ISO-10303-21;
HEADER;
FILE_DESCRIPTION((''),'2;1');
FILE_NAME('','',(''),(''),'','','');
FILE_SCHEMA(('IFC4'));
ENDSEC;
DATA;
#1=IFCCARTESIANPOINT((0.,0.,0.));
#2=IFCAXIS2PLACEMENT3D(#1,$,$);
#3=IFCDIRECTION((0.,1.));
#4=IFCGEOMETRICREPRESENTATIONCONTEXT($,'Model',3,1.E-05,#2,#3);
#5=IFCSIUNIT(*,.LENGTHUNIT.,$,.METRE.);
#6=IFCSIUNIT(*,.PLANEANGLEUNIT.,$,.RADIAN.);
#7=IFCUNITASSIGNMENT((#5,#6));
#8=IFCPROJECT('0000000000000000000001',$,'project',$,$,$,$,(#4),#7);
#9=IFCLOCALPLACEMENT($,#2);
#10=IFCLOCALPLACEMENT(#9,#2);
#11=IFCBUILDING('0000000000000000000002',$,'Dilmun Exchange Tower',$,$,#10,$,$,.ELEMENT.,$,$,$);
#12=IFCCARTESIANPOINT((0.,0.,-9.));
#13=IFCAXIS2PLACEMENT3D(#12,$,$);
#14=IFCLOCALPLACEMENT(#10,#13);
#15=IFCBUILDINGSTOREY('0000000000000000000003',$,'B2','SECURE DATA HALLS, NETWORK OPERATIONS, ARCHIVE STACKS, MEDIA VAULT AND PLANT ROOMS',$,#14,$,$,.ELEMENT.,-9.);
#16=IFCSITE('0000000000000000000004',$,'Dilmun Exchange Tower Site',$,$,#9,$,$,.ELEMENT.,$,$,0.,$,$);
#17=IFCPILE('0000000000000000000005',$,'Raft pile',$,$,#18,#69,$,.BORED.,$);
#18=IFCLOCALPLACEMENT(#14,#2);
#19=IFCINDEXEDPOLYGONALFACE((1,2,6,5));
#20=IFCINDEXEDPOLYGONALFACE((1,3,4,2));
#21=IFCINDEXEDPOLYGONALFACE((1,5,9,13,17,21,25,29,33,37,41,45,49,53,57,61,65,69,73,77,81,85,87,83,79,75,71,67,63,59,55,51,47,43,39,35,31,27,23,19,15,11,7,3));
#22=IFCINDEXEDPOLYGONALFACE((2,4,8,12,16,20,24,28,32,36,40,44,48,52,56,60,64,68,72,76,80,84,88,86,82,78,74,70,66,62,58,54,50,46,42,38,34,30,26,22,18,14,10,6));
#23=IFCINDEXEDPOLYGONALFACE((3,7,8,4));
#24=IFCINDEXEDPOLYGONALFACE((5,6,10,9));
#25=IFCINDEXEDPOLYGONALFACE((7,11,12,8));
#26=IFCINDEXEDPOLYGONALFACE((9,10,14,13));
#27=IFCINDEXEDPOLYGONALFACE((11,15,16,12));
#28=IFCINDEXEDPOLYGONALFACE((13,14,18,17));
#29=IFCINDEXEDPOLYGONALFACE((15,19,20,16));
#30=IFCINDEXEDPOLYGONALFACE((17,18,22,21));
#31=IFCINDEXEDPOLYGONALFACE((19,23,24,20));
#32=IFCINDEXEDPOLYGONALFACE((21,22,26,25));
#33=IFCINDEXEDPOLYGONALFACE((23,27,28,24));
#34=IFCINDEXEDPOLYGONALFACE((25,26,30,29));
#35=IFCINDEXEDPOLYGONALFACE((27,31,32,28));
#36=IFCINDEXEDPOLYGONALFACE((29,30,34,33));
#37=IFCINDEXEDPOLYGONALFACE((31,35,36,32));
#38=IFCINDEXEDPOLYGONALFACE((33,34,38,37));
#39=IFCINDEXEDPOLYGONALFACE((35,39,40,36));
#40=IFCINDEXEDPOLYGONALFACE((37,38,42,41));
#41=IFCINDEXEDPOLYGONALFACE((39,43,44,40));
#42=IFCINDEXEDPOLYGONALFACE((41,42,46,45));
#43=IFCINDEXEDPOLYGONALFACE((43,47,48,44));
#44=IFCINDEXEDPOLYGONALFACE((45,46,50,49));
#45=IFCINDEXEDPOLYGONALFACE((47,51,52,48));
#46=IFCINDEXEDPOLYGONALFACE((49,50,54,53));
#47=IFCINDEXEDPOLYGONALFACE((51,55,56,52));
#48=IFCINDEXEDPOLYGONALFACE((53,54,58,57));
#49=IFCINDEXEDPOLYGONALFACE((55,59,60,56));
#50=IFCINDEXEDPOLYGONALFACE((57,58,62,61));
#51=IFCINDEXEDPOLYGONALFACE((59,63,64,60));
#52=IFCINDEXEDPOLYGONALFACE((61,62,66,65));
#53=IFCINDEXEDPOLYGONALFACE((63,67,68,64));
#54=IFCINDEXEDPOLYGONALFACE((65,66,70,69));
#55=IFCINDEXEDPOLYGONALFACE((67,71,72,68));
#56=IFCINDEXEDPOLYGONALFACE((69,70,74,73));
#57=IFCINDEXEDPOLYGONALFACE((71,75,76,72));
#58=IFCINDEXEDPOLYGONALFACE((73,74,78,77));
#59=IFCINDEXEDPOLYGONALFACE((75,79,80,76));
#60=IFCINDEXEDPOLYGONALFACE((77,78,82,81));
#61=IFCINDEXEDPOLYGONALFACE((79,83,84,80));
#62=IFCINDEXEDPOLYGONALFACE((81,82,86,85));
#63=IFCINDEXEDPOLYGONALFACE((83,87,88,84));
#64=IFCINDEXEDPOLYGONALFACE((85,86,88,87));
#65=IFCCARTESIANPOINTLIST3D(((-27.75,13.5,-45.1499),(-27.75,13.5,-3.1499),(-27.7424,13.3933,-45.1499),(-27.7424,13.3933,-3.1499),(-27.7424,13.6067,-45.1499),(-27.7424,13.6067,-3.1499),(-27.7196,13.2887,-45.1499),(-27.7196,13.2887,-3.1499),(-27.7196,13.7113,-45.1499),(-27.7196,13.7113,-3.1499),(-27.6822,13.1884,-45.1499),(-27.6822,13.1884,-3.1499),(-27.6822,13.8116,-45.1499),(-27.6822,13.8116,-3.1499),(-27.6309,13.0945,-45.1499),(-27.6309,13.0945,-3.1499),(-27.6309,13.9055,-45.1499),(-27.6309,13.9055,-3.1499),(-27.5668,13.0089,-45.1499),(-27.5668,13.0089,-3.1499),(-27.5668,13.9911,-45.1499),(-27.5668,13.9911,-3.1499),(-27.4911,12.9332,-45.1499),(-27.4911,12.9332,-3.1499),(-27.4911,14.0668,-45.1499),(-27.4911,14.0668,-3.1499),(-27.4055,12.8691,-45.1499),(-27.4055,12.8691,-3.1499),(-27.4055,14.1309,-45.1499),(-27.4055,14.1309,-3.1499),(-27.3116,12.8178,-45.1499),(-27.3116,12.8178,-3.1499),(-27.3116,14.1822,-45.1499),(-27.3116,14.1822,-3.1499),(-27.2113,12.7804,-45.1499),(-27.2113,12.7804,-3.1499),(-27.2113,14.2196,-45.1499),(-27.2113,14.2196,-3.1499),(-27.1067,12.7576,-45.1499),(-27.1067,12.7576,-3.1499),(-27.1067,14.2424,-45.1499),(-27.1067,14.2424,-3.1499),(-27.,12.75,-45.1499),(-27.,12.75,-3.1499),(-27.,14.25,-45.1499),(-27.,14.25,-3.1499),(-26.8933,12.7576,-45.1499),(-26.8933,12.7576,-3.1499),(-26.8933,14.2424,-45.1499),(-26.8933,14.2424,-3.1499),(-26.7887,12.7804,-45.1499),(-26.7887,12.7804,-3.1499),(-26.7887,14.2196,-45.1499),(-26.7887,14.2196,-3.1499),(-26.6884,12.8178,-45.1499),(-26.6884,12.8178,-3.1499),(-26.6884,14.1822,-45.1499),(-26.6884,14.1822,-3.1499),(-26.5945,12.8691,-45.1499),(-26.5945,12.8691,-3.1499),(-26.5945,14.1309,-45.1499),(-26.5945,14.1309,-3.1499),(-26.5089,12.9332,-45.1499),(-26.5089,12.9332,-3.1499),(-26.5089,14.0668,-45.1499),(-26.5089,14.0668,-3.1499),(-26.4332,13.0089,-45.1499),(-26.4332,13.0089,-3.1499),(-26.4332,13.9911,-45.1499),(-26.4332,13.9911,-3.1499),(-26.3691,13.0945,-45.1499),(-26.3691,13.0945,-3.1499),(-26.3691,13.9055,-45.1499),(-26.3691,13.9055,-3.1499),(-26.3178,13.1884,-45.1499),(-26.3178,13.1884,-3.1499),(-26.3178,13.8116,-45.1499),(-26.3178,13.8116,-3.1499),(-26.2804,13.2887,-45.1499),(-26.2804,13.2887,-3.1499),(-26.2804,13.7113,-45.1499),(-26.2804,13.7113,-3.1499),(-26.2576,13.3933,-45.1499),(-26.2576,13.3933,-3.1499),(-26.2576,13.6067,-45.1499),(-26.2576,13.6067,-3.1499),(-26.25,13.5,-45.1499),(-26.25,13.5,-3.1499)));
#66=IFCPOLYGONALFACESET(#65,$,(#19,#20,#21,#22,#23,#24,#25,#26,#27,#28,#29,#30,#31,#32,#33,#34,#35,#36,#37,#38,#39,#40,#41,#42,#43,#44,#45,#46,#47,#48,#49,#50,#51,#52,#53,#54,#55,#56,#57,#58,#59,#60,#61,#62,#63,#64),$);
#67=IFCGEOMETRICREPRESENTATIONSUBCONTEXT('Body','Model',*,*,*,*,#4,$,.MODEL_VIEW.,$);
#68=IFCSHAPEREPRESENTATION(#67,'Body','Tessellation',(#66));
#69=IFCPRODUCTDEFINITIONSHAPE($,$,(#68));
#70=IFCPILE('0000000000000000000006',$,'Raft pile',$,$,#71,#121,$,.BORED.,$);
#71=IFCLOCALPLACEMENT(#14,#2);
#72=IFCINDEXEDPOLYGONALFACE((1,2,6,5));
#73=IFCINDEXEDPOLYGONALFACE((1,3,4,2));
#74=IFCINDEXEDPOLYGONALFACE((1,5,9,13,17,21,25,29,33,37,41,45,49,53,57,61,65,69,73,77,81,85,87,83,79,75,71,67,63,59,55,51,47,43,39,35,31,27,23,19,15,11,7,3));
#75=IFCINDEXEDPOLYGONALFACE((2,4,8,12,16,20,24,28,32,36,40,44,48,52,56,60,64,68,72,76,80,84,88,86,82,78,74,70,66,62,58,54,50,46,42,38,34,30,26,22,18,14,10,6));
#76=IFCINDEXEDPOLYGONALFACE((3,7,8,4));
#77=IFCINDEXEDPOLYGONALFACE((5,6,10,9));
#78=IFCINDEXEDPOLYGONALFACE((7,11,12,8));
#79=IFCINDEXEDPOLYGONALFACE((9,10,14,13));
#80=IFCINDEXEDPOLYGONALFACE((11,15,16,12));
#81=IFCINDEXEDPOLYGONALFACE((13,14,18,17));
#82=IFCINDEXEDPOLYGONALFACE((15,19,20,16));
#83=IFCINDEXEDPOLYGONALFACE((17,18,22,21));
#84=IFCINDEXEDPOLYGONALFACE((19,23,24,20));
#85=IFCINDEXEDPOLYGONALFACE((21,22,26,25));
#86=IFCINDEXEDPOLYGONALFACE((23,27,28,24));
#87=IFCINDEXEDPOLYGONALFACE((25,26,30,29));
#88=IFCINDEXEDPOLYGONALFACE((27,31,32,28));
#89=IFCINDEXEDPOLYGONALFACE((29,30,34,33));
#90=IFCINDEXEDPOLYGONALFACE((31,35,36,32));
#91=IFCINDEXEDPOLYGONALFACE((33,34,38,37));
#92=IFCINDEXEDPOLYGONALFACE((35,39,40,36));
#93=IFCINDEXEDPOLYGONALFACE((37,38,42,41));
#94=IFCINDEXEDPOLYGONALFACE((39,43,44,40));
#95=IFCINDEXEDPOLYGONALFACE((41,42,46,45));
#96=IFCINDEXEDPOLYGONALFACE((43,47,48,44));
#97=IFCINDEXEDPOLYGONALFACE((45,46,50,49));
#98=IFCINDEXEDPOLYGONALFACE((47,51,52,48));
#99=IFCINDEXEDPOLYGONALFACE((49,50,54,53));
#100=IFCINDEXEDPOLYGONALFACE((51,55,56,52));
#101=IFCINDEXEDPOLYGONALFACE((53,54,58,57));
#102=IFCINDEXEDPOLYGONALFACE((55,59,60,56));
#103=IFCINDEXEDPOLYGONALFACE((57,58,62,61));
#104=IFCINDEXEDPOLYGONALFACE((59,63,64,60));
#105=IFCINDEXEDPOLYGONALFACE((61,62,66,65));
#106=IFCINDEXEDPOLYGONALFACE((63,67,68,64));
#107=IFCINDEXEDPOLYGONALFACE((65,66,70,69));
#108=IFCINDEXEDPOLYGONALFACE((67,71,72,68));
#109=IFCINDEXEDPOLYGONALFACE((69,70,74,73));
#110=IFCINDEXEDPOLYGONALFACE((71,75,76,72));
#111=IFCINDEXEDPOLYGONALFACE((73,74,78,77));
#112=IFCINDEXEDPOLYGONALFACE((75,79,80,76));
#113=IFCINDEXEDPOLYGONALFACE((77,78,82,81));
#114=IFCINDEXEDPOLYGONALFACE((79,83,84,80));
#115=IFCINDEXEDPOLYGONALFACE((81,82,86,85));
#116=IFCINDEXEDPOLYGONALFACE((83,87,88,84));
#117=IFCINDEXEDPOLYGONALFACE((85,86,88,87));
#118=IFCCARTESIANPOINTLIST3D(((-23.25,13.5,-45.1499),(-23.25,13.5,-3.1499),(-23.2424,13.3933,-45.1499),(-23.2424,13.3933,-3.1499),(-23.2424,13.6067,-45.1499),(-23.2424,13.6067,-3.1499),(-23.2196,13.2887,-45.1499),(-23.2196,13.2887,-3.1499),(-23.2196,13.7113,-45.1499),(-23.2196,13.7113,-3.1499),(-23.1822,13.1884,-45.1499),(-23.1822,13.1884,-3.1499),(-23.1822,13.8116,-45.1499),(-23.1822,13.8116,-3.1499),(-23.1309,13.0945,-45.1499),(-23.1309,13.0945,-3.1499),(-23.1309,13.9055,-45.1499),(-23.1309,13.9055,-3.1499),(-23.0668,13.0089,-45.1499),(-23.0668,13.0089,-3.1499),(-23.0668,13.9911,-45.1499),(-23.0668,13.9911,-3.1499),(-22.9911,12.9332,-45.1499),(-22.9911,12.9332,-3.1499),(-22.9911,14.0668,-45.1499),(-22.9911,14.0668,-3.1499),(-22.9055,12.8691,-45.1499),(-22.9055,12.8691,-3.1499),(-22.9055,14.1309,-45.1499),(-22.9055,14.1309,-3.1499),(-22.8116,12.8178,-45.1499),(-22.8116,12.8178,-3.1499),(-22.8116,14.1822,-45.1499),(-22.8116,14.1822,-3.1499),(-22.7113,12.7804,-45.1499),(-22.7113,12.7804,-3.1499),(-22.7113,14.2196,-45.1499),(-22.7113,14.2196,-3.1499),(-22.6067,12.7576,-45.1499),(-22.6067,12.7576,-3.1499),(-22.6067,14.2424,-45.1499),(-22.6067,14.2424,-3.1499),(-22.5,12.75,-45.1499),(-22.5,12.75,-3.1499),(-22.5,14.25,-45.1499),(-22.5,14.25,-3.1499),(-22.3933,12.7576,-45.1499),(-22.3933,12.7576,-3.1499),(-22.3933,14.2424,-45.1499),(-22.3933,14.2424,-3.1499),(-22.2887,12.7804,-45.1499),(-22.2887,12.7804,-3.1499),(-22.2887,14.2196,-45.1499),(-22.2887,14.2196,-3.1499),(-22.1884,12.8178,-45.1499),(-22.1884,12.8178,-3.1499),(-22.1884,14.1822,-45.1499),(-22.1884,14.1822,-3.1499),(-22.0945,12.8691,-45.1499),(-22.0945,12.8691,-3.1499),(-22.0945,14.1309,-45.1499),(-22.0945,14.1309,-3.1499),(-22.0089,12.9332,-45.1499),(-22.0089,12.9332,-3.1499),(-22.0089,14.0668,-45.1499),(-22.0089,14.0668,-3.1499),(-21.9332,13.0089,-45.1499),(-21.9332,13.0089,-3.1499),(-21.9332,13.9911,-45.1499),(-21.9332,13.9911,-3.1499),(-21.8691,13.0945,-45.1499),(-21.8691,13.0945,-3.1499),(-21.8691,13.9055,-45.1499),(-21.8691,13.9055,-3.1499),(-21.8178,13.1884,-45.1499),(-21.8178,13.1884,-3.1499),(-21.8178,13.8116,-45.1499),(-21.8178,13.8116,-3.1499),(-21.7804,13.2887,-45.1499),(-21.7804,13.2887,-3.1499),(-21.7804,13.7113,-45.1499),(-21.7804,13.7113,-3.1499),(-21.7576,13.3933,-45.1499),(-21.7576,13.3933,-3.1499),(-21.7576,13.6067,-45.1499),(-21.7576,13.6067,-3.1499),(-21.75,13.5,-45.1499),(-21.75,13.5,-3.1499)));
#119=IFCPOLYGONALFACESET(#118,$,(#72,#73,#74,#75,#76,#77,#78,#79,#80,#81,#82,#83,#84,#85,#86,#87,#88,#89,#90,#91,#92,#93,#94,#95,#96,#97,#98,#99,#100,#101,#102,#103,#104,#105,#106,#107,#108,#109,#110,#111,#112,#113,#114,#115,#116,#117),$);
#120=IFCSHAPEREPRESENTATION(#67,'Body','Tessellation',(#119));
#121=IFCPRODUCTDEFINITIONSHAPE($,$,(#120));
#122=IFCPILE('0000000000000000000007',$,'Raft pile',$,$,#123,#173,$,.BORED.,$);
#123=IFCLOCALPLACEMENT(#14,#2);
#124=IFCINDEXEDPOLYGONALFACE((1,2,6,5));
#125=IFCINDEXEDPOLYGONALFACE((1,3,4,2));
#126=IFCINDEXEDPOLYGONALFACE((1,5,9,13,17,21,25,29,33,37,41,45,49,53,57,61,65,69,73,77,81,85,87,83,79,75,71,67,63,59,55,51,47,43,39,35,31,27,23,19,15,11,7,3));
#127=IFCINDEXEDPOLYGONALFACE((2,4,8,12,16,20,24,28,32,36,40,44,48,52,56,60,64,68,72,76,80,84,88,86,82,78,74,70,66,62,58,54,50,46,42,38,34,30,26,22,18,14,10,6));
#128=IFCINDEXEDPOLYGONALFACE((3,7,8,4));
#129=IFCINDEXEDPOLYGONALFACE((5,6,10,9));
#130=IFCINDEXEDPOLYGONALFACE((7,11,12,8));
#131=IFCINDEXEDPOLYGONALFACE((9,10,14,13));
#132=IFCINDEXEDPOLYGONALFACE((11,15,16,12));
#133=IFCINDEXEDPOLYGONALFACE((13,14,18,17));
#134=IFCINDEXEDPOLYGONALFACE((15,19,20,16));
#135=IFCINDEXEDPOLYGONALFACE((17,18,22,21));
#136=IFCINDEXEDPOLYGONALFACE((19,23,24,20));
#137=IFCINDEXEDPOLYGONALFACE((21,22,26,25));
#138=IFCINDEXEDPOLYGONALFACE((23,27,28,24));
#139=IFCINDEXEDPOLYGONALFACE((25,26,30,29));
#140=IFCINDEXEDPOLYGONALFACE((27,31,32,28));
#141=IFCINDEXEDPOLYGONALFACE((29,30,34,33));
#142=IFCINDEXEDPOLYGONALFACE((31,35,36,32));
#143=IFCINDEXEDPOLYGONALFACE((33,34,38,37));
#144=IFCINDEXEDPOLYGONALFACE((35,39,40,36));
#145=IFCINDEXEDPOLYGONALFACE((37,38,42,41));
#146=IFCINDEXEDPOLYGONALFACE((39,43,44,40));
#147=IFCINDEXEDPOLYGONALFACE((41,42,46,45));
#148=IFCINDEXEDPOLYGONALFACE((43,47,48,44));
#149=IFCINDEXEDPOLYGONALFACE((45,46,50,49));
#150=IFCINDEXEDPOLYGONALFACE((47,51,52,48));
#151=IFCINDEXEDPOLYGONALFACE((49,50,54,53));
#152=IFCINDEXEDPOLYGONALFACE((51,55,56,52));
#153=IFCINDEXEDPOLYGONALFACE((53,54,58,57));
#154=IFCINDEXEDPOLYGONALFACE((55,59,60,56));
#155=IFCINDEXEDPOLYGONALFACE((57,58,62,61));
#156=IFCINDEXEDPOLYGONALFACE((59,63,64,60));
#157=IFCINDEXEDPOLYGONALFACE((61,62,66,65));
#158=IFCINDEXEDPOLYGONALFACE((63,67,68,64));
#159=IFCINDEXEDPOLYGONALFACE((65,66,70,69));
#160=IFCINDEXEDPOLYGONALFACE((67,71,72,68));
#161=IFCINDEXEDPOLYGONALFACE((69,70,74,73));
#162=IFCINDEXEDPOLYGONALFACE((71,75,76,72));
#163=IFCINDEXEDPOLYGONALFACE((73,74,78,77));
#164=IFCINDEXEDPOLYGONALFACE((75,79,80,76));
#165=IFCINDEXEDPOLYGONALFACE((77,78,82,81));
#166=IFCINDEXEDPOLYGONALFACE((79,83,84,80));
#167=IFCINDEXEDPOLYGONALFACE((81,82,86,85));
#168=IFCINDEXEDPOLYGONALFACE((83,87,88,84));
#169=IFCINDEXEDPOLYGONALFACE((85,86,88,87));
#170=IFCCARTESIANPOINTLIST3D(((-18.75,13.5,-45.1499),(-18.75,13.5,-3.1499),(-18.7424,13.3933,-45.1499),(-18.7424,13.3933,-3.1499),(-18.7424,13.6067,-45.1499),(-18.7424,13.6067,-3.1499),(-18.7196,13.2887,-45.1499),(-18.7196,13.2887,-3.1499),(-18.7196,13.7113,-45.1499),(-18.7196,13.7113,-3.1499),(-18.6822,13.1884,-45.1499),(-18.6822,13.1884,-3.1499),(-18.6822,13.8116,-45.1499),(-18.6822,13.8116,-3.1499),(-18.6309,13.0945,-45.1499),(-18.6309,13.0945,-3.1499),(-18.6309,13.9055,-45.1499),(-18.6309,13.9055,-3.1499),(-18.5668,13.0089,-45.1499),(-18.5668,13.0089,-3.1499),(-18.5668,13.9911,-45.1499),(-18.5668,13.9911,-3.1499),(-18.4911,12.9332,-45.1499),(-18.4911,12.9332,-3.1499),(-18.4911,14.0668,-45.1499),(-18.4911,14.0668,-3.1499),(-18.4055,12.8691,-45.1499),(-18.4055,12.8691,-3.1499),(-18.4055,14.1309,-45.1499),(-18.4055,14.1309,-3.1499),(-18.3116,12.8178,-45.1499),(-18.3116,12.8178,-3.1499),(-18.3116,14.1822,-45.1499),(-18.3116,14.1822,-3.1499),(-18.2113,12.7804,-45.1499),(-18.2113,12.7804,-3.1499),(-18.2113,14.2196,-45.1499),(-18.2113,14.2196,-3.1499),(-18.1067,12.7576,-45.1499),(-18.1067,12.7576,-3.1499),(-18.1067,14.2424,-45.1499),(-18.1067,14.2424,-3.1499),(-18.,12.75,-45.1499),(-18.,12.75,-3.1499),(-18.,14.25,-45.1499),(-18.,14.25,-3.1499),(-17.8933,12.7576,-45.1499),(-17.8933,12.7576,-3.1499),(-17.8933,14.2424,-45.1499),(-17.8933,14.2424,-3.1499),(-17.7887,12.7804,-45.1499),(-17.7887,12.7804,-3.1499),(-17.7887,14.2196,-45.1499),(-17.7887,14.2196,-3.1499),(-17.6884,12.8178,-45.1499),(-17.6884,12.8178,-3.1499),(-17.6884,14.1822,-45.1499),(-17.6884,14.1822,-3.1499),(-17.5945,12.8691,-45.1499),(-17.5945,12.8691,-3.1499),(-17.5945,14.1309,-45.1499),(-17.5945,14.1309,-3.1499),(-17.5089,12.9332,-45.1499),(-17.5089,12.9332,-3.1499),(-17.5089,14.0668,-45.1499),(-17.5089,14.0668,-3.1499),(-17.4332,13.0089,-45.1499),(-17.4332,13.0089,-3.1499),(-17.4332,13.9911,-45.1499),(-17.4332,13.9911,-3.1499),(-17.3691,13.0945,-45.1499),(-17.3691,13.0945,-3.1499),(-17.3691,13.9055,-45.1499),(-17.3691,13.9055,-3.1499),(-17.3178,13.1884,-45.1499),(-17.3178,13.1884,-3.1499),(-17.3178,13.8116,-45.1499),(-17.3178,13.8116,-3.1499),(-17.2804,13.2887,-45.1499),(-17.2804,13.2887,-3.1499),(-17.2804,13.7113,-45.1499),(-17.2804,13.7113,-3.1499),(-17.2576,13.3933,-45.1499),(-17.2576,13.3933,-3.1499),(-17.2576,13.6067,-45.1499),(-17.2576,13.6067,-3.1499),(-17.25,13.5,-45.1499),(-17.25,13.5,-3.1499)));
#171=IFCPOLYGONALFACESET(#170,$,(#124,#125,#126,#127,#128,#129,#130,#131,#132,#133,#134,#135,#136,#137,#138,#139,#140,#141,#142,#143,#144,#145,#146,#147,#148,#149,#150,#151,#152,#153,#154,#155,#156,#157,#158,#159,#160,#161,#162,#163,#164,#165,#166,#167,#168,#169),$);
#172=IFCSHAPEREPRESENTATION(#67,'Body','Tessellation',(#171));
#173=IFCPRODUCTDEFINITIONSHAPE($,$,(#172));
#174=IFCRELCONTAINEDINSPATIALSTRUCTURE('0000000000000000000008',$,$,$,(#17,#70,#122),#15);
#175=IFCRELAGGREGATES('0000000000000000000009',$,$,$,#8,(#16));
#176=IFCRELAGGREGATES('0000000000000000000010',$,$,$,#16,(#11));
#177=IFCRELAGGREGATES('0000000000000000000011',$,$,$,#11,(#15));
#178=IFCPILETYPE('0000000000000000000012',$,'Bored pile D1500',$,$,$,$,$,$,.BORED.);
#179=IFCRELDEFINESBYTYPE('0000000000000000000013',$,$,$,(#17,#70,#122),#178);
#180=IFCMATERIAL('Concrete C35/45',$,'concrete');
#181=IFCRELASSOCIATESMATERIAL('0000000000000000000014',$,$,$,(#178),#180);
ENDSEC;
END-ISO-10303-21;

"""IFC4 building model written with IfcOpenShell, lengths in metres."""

from ifc_helpers import new_model, si_unit, direction, frame, origin, origin_2d, place, context, subcontext, project, spatial, circle, extrude, material, material_profile, profile_set, type_object, element, save


model = new_model("IFC4")

# Units and contexts
model_context = context("Model", 3, precision=1e-05, world=origin(), true_north=direction((0.0, 1.0)))
body_context = subcontext(model_context, "Body", "Model", "MODEL_VIEW")
ifc_project = project(units=[si_unit("LENGTHUNIT", "METRE"), si_unit("PLANEANGLEUNIT", "RADIAN")], contexts=[model_context])

# Site, building, storey
site_placement = place(None, origin())
site = spatial("IfcSite", under=ifc_project, at=site_placement, Name="Dilmun Exchange Tower Site", CompositionType="ELEMENT", RefElevation=0.0)
building_placement = place(site_placement, origin())
building = spatial("IfcBuilding", under=site, at=building_placement, Name="Dilmun Exchange Tower", CompositionType="ELEMENT")
storey_placement = place(building_placement, frame((0.0, 0.0, -9.0)))
storey = spatial("IfcBuildingStorey", under=building, at=storey_placement, Name="B2", Description="SECURE DATA HALLS, NETWORK OPERATIONS, ARCHIVE STACKS, MEDIA VAULT AND PLANT ROOMS", CompositionType="ELEMENT", Elevation=-9.0)

# Piles
ifc_material_1 = material(Name="Concrete C35/45", Category="concrete")
ifc_material_profile_1 = material_profile(ifc_material_1, circle(Radius=0.75, at=origin_2d()), Name="D1500")
ifc_profile_set_1 = profile_set([ifc_material_profile_1], Name="Concrete C35/45")
pile_type = type_object("IfcPileType", Name="Bored pile D1500", PredefinedType="BORED", material=ifc_profile_set_1)
for number, where, z_axis, x_axis, name in (
    (1, (-27.0, 13.5, -3.1499), (0.0, 0.0, -1.0), (1.0, 0.0, 0.0), "Raft pile"),
    (2, (-22.5, 13.5, -3.1499), (0.0, 0.0, -1.0), (1.0, 0.0, 0.0), "Raft pile"),
    (3, (-18.0, 13.5, -3.1499), (0.0, 0.0, -1.0), (1.0, 0.0, 0.0), "Raft pile"),
):
    element("IfcPile", number, at=place(storey_placement, frame(where, z_axis=z_axis, x_axis=x_axis)), inside=storey, type_object=pile_type, Name=name, PredefinedType="BORED", context=body_context, shape_type="SweptSolid", body=[
        extrude(circle(Radius=0.75, at=origin_2d()), origin(), (0.0, 0.0, 1.0), 42.0),
    ])

save(model, "model.ifc")
